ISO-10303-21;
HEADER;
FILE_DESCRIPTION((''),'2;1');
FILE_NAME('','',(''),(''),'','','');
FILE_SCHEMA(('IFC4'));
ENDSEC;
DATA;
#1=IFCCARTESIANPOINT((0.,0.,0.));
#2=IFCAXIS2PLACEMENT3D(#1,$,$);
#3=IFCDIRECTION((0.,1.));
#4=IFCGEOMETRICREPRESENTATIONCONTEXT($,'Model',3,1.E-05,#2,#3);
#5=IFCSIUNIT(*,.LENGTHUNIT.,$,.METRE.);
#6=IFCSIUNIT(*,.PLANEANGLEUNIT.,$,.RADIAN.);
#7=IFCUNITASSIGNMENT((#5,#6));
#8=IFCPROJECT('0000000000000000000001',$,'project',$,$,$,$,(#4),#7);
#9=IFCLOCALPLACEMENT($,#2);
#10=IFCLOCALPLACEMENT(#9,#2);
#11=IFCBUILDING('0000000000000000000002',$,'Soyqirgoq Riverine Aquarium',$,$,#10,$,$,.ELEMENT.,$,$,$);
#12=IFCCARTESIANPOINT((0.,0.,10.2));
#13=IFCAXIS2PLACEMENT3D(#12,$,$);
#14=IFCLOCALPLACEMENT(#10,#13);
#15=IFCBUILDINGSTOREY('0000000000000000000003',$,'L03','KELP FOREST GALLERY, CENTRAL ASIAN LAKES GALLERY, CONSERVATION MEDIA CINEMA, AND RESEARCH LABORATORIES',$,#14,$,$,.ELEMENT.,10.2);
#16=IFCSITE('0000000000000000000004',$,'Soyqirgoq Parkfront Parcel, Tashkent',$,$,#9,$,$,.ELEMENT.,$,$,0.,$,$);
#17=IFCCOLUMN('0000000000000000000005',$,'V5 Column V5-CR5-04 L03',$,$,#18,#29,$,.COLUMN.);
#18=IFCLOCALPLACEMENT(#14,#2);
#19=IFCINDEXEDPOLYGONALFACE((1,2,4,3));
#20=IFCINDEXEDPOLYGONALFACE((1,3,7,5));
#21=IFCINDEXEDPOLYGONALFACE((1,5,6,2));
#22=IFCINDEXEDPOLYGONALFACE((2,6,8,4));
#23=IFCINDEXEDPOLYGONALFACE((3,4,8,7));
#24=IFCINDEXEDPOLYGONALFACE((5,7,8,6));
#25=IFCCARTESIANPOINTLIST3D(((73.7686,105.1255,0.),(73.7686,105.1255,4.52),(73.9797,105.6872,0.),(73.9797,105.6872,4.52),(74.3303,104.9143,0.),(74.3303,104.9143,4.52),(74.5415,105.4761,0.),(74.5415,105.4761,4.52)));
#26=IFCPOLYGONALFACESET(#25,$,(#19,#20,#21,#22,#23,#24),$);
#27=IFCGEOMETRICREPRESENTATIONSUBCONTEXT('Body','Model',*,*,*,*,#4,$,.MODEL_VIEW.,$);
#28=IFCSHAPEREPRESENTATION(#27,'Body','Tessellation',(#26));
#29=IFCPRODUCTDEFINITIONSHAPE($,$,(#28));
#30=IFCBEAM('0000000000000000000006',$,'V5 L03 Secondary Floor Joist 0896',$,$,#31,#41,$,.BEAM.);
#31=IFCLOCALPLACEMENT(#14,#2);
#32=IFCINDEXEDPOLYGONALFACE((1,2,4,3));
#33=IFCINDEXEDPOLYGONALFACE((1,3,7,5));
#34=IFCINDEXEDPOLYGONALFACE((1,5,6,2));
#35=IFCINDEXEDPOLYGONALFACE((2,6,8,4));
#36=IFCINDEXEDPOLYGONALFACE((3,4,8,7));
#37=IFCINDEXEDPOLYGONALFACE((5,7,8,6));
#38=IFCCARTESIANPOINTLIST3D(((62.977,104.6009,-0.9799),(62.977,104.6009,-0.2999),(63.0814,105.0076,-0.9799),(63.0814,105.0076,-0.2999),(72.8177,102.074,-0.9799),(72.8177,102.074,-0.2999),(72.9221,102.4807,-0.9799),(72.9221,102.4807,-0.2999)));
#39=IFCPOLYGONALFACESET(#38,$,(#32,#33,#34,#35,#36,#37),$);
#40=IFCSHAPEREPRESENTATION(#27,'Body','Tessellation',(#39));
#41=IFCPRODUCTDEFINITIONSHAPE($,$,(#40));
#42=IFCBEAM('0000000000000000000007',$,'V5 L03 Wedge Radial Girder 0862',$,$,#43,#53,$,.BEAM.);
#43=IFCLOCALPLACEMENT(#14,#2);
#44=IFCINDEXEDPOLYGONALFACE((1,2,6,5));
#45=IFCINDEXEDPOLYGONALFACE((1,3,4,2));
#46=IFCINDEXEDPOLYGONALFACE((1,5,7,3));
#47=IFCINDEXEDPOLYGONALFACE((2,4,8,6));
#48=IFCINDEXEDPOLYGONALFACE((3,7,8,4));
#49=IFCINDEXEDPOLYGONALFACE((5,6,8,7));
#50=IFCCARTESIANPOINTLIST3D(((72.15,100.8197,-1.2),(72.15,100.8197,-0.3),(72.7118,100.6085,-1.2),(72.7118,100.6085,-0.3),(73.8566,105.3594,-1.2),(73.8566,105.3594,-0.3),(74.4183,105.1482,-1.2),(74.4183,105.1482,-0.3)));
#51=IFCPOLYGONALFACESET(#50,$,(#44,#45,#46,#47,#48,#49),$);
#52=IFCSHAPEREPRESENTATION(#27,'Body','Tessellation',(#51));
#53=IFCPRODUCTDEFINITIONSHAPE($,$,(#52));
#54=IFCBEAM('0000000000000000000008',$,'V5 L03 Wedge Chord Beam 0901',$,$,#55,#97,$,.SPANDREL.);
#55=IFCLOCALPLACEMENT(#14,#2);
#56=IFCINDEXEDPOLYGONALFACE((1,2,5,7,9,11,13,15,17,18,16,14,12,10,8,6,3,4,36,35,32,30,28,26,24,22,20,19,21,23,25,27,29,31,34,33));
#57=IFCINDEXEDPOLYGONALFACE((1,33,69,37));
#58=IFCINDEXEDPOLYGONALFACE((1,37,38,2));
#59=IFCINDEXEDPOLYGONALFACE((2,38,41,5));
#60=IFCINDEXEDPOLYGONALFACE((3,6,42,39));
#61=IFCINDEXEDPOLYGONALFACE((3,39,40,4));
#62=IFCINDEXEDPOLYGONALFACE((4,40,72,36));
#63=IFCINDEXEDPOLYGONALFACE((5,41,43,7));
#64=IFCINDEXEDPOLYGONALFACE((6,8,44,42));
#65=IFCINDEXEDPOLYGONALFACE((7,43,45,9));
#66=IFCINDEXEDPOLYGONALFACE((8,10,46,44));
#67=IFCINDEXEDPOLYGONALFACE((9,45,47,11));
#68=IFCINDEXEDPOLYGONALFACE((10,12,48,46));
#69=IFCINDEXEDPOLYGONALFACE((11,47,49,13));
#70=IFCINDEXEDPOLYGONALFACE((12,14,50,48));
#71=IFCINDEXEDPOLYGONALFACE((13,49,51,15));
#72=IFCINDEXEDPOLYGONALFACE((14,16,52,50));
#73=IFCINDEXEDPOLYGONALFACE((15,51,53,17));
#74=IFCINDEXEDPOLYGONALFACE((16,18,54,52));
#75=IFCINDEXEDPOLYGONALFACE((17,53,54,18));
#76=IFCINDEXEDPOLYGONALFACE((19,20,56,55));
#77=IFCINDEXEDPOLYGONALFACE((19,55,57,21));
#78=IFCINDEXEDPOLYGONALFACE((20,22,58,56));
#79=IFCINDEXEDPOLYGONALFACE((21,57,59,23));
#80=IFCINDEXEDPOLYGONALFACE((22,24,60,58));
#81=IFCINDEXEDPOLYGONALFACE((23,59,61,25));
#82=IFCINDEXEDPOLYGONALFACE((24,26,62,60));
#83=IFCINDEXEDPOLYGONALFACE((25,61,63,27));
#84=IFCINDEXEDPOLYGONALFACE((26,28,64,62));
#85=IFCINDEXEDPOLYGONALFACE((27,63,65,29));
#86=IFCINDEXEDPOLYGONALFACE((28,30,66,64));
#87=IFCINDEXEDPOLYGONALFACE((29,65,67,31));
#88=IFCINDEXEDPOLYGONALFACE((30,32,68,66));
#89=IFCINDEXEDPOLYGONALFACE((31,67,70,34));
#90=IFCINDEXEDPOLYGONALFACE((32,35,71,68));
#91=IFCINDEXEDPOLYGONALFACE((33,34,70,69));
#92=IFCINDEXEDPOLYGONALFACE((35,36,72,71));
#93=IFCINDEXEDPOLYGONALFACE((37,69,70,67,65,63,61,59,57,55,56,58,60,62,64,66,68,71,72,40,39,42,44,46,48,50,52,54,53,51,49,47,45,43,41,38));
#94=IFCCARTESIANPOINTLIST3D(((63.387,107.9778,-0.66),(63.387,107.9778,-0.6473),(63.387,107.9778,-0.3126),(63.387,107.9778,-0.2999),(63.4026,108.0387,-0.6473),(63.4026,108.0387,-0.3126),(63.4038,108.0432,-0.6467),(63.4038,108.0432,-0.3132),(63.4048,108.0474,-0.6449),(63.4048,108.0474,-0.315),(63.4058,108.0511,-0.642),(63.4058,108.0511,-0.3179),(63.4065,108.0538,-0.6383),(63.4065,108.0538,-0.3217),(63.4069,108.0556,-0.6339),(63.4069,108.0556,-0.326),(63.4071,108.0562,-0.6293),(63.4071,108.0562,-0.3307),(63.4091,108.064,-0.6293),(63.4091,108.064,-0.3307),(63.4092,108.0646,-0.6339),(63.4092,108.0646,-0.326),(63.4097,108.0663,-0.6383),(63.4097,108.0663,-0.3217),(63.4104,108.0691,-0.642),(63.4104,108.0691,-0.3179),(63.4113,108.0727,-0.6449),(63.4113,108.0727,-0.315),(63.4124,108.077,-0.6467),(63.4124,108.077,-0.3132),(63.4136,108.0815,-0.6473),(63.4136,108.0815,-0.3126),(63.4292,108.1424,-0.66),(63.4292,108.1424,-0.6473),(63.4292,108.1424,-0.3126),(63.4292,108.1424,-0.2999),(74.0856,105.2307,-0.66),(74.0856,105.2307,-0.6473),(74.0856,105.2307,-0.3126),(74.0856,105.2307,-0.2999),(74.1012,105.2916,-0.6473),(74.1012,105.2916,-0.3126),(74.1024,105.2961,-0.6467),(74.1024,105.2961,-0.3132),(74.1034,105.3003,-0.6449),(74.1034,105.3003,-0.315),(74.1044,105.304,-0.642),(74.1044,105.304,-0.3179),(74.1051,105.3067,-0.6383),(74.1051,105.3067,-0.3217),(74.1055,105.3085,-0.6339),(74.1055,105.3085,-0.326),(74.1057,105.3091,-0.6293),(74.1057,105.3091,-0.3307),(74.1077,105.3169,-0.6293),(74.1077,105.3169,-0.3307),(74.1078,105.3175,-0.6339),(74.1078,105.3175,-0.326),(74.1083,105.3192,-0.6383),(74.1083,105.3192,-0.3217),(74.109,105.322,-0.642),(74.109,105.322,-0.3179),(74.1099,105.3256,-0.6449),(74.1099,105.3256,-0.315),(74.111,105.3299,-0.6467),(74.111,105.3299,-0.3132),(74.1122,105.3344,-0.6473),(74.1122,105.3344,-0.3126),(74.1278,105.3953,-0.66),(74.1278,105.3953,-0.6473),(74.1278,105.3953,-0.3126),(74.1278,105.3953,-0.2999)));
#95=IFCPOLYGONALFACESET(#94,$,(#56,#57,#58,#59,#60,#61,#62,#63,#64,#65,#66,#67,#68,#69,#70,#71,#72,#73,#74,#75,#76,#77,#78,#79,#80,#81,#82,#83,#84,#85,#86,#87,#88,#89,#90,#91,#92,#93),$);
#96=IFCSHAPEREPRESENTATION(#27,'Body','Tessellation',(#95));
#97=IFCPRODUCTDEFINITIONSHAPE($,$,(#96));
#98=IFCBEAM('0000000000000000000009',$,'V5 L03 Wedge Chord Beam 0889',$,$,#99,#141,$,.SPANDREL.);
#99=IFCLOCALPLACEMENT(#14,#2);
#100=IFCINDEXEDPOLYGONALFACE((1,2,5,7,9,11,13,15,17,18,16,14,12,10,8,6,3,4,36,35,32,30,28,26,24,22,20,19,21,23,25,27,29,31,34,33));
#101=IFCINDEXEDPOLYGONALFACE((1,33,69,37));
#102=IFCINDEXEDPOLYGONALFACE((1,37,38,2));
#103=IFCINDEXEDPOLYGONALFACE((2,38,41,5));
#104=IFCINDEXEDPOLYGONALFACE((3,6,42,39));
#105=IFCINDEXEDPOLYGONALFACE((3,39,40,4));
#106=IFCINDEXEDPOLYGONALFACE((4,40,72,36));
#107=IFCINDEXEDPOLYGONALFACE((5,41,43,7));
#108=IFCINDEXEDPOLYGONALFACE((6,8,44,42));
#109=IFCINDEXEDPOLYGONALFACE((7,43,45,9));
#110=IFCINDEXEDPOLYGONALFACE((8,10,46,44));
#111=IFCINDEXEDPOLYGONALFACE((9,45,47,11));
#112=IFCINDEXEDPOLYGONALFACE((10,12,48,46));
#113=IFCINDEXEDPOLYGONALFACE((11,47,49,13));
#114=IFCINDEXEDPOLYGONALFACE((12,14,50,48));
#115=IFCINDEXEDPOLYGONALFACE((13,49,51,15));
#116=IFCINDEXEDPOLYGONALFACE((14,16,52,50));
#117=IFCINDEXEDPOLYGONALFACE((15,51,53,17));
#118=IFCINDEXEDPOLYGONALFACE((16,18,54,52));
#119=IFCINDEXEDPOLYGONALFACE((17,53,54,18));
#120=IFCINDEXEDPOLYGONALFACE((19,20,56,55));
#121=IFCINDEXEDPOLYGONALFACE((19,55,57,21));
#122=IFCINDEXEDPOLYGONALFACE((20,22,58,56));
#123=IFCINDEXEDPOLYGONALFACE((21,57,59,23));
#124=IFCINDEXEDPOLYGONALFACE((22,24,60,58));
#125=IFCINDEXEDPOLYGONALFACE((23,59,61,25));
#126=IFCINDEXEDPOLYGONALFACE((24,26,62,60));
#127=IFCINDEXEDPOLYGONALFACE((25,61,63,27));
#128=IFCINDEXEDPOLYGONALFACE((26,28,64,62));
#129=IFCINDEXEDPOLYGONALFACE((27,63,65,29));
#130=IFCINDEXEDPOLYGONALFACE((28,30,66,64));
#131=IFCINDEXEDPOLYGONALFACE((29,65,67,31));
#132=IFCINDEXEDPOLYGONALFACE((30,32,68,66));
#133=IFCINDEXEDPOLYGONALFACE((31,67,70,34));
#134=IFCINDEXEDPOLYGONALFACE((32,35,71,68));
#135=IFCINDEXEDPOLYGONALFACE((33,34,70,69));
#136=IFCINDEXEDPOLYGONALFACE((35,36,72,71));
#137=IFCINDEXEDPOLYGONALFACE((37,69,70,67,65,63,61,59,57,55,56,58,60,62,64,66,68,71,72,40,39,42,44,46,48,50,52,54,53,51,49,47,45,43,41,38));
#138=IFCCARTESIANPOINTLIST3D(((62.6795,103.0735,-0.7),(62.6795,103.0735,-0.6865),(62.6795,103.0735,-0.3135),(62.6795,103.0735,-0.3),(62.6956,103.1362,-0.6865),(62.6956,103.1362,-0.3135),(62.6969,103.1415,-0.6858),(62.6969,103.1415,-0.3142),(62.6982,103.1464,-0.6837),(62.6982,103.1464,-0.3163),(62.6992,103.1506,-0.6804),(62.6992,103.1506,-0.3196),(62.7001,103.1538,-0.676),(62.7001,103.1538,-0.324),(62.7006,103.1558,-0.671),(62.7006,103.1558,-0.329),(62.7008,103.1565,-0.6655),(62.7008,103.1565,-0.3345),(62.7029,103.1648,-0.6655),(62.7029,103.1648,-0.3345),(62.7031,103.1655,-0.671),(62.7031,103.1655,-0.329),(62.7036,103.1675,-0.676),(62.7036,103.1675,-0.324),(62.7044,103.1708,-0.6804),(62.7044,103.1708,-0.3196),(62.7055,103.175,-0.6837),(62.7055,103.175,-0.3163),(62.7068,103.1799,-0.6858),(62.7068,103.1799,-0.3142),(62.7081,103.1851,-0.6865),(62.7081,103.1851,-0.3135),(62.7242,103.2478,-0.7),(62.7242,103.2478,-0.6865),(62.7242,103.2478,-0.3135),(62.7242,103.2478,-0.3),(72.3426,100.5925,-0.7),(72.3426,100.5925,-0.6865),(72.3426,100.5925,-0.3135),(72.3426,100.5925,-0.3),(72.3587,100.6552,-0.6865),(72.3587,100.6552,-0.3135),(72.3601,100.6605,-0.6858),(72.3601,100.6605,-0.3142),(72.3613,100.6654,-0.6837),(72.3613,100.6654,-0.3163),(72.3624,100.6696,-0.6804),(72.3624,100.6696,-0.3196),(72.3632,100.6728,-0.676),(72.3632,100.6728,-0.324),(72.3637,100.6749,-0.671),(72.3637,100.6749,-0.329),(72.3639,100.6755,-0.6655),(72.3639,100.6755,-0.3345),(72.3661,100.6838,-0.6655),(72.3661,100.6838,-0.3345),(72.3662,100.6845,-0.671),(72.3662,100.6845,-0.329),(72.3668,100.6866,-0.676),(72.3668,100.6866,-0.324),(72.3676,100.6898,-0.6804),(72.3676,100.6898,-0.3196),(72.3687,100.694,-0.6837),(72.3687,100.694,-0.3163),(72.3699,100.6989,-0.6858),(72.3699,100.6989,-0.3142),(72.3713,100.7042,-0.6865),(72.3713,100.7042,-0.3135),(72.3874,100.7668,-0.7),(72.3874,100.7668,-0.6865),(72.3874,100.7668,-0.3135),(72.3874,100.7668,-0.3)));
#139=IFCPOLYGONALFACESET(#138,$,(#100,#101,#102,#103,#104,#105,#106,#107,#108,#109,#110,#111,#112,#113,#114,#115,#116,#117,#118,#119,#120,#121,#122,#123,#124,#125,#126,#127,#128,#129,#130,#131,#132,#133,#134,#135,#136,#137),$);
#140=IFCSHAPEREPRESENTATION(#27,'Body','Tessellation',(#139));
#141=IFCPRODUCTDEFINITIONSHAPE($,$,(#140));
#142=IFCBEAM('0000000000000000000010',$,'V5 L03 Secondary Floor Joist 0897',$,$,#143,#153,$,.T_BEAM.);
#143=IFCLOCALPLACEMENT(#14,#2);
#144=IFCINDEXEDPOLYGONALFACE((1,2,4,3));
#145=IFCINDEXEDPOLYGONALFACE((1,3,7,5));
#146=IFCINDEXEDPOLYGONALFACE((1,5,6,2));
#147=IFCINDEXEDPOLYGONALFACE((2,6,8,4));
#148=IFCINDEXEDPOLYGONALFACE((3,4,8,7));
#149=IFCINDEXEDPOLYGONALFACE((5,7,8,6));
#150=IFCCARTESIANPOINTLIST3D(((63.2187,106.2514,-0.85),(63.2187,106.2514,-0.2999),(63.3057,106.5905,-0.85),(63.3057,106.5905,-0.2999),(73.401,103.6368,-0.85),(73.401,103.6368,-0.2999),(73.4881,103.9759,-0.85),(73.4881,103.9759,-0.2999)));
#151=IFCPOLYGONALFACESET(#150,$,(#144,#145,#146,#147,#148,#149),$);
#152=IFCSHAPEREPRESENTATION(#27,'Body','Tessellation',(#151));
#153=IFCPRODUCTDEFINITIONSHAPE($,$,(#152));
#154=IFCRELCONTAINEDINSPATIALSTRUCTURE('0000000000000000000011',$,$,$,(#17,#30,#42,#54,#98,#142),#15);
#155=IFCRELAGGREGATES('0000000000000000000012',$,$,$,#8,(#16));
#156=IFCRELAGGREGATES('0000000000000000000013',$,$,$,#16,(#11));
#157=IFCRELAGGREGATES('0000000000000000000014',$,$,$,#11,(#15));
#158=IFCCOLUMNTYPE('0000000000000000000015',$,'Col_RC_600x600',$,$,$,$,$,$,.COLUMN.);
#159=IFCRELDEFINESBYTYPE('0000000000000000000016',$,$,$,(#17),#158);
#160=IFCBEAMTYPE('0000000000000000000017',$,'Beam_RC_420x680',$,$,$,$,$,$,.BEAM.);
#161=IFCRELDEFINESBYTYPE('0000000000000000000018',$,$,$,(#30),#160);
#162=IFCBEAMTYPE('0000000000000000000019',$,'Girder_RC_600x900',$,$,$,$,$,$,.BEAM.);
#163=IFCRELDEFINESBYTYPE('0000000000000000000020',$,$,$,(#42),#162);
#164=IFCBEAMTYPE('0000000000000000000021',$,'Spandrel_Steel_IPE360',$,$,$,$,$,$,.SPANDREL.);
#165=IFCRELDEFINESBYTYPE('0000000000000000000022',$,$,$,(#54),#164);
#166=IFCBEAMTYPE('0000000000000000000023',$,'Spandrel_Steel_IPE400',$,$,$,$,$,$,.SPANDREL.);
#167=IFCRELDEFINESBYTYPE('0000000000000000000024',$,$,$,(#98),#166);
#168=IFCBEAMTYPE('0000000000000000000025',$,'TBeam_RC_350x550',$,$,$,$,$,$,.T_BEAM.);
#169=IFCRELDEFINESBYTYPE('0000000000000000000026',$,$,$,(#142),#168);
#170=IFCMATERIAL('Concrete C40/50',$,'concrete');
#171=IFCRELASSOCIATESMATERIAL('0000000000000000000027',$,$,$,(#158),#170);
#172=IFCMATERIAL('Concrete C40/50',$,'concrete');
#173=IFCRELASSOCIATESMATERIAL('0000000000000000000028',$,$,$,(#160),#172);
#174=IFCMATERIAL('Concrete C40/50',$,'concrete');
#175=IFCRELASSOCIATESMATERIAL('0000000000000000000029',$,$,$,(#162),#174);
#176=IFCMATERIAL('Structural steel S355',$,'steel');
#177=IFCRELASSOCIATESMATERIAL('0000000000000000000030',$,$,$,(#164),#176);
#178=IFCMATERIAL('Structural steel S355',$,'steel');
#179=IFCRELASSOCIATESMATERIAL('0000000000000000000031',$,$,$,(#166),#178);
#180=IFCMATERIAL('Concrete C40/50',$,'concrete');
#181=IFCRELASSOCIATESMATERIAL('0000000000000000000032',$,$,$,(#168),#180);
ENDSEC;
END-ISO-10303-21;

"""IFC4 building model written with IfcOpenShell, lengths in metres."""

from ifc_helpers import new_model, si_unit, direction, frame, origin, origin_2d, place, context, subcontext, project, spatial, rectangle, i_section, extrude, material, material_profile, profile_set, type_object, element, save


model = new_model("IFC4")

# Units and contexts
model_context = context("Model", 3, precision=1e-05, world=origin(), true_north=direction((0.0, 1.0)))
body_context = subcontext(model_context, "Body", "Model", "MODEL_VIEW")
ifc_project = project(units=[si_unit("LENGTHUNIT", "METRE"), si_unit("PLANEANGLEUNIT", "RADIAN")], contexts=[model_context])

# Site, building, storey
site_placement = place(None, origin())
site = spatial("IfcSite", under=ifc_project, at=site_placement, Name="Soyqirgoq Parkfront Parcel, Tashkent", CompositionType="ELEMENT", RefElevation=0.0)
building_placement = place(site_placement, origin())
building = spatial("IfcBuilding", under=site, at=building_placement, Name="Soyqirgoq Riverine Aquarium", CompositionType="ELEMENT")
storey_placement = place(building_placement, frame((0.0, 0.0, 10.2)))
storey = spatial("IfcBuildingStorey", under=building, at=storey_placement, Name="L03", Description="KELP FOREST GALLERY, CENTRAL ASIAN LAKES GALLERY, CONSERVATION MEDIA CINEMA, AND RESEARCH LABORATORIES", CompositionType="ELEMENT", Elevation=10.2)

# Column
ifc_material_1 = material(Name="Concrete C40/50", Category="concrete")
ifc_material_profile_1 = material_profile(ifc_material_1, rectangle(XDim=0.6001, YDim=0.6001, at=origin_2d()), Name="RC 600x600")
ifc_profile_set_1 = profile_set([ifc_material_profile_1], Name="Concrete C40/50")
column_type = type_object("IfcColumnType", Name="Col_RC_600x600", PredefinedType="COLUMN", material=ifc_profile_set_1)
column_placement = place(storey_placement, frame((74.155, 105.3008, 0.0), z_axis=(0.0, 0.0, 1.0), x_axis=(0.351842, 0.93606, 0.0)))
element("IfcColumn", 1, at=column_placement, inside=storey, type_object=column_type, Name="V5 Column V5-CR5-04 L03", PredefinedType="COLUMN", context=body_context, shape_type="SweptSolid", body=[
    extrude(rectangle(XDim=0.6001, YDim=0.6001, at=origin_2d()), origin(), (0.0, 0.0, 1.0), 4.52),
])

# Beams
ifc_material_2 = material(Name="Concrete C40/50", Category="concrete")
ifc_material_profile_2 = material_profile(ifc_material_2, rectangle(XDim=0.4199, YDim=0.6799, at=origin_2d()), Name="RC 420x680")
ifc_profile_set_2 = profile_set([ifc_material_profile_2], Name="Concrete C40/50")
beam_type_1 = type_object("IfcBeamType", Name="Beam_RC_420x680", PredefinedType="BEAM", material=ifc_profile_set_2)
beam_1_placement = place(storey_placement, frame((72.8699, 102.2773, -0.6399), z_axis=(-0.968578, 0.248711, 0.0), x_axis=(-0.248711, -0.968578, 0.0)))
element("IfcBeam", 2, at=beam_1_placement, inside=storey, type_object=beam_type_1, Name="V5 L03 Secondary Floor Joist 0896", PredefinedType="BEAM", context=body_context, shape_type="SweptSolid", body=[
    extrude(rectangle(XDim=0.4199, YDim=0.6799, at=origin_2d()), origin(), (0.0, 0.0, 1.0), 10.1599),
])
ifc_material_3 = material(Name="Concrete C40/50", Category="concrete")
ifc_material_profile_3 = material_profile(ifc_material_3, rectangle(XDim=0.6001, YDim=0.8999, at=origin_2d()), Name="RC 600x900")
ifc_profile_set_3 = profile_set([ifc_material_profile_3], Name="Concrete C40/50")
beam_type_2 = type_object("IfcBeamType", Name="Girder_RC_600x900", PredefinedType="BEAM", material=ifc_profile_set_3)
beam_2_placement = place(storey_placement, frame((72.4309, 100.7141, -0.75), z_axis=(0.351868, 0.93605, 0.0), x_axis=(-0.93605, 0.351868, 0.0)))
element("IfcBeam", 3, at=beam_2_placement, inside=storey, type_object=beam_type_2, Name="V5 L03 Wedge Radial Girder 0862", PredefinedType="BEAM", context=body_context, shape_type="SweptSolid", body=[
    extrude(rectangle(XDim=0.6001, YDim=0.8999, at=origin_2d()), origin(), (0.0, 0.0, 1.0), 4.8499),
])
ifc_material_4 = material(Name="Structural steel S355", Category="steel")
ifc_material_profile_4 = material_profile(ifc_material_4, i_section(OverallWidth=0.1699, OverallDepth=0.3601, WebThickness=0.0081, FlangeThickness=0.0127, FilletRadius=0.0181, at=origin_2d()), Name="IPE 360")
ifc_profile_set_4 = profile_set([ifc_material_profile_4], Name="Structural steel S355")
beam_type_3 = type_object("IfcBeamType", Name="Spandrel_Steel_IPE360", PredefinedType="SPANDREL", material=ifc_profile_set_4)
beam_3_placement = place(storey_placement, frame((74.1067, 105.313, -0.48), z_axis=(-0.96858, 0.248704, 0.0), x_axis=(-0.248704, -0.96858, 0.0)))
element("IfcBeam", 4, at=beam_3_placement, inside=storey, type_object=beam_type_3, Name="V5 L03 Wedge Chord Beam 0901", PredefinedType="SPANDREL", context=body_context, shape_type="SweptSolid", body=[
    extrude(i_section(OverallWidth=0.1699, OverallDepth=0.3601, WebThickness=0.0081, FlangeThickness=0.0127, FilletRadius=0.0181, at=origin_2d()), origin(), (0.0, 0.0, 1.0), 11.0457),
])
ifc_material_5 = material(Name="Structural steel S355", Category="steel")
ifc_material_profile_5 = material_profile(ifc_material_5, i_section(OverallWidth=0.1799, OverallDepth=0.3999, WebThickness=0.0085, FlangeThickness=0.0134, FilletRadius=0.021, at=origin_2d()), Name="IPE 400")
ifc_profile_set_5 = profile_set([ifc_material_profile_5], Name="Structural steel S355")
beam_type_4 = type_object("IfcBeamType", Name="Spandrel_Steel_IPE400", PredefinedType="SPANDREL", material=ifc_profile_set_5)
beam_4_placement = place(storey_placement, frame((72.365, 100.6797, -0.5), z_axis=(-0.968586, 0.24868, 0.0), x_axis=(-0.24868, -0.968586, 0.0)))
element("IfcBeam", 5, at=beam_4_placement, inside=storey, type_object=beam_type_4, Name="V5 L03 Wedge Chord Beam 0889", PredefinedType="SPANDREL", context=body_context, shape_type="SweptSolid", body=[
    extrude(i_section(OverallWidth=0.1799, OverallDepth=0.3999, WebThickness=0.0085, FlangeThickness=0.0134, FilletRadius=0.021, at=origin_2d()), origin(), (0.0, 0.0, 1.0), 9.9766),
])
ifc_material_6 = material(Name="Concrete C40/50", Category="concrete")
ifc_material_profile_6 = material_profile(ifc_material_6, rectangle(XDim=0.3501, YDim=0.55, at=origin_2d()), Name="RC 350x550")
ifc_profile_set_6 = profile_set([ifc_material_profile_6], Name="Concrete C40/50")
beam_type_5 = type_object("IfcBeamType", Name="TBeam_RC_350x550", PredefinedType="T_BEAM", material=ifc_profile_set_6)
beam_5_placement = place(storey_placement, frame((73.4446, 103.8064, -0.575), z_axis=(-0.968581, 0.2487, 0.0), x_axis=(-0.2487, -0.968581, 0.0)))
element("IfcBeam", 6, at=beam_5_placement, inside=storey, type_object=beam_type_5, Name="V5 L03 Secondary Floor Joist 0897", PredefinedType="T_BEAM", context=body_context, shape_type="SweptSolid", body=[
    extrude(rectangle(XDim=0.3501, YDim=0.55, at=origin_2d()), origin(), (0.0, 0.0, 1.0), 10.5127),
])

save(model, "model.ifc")
